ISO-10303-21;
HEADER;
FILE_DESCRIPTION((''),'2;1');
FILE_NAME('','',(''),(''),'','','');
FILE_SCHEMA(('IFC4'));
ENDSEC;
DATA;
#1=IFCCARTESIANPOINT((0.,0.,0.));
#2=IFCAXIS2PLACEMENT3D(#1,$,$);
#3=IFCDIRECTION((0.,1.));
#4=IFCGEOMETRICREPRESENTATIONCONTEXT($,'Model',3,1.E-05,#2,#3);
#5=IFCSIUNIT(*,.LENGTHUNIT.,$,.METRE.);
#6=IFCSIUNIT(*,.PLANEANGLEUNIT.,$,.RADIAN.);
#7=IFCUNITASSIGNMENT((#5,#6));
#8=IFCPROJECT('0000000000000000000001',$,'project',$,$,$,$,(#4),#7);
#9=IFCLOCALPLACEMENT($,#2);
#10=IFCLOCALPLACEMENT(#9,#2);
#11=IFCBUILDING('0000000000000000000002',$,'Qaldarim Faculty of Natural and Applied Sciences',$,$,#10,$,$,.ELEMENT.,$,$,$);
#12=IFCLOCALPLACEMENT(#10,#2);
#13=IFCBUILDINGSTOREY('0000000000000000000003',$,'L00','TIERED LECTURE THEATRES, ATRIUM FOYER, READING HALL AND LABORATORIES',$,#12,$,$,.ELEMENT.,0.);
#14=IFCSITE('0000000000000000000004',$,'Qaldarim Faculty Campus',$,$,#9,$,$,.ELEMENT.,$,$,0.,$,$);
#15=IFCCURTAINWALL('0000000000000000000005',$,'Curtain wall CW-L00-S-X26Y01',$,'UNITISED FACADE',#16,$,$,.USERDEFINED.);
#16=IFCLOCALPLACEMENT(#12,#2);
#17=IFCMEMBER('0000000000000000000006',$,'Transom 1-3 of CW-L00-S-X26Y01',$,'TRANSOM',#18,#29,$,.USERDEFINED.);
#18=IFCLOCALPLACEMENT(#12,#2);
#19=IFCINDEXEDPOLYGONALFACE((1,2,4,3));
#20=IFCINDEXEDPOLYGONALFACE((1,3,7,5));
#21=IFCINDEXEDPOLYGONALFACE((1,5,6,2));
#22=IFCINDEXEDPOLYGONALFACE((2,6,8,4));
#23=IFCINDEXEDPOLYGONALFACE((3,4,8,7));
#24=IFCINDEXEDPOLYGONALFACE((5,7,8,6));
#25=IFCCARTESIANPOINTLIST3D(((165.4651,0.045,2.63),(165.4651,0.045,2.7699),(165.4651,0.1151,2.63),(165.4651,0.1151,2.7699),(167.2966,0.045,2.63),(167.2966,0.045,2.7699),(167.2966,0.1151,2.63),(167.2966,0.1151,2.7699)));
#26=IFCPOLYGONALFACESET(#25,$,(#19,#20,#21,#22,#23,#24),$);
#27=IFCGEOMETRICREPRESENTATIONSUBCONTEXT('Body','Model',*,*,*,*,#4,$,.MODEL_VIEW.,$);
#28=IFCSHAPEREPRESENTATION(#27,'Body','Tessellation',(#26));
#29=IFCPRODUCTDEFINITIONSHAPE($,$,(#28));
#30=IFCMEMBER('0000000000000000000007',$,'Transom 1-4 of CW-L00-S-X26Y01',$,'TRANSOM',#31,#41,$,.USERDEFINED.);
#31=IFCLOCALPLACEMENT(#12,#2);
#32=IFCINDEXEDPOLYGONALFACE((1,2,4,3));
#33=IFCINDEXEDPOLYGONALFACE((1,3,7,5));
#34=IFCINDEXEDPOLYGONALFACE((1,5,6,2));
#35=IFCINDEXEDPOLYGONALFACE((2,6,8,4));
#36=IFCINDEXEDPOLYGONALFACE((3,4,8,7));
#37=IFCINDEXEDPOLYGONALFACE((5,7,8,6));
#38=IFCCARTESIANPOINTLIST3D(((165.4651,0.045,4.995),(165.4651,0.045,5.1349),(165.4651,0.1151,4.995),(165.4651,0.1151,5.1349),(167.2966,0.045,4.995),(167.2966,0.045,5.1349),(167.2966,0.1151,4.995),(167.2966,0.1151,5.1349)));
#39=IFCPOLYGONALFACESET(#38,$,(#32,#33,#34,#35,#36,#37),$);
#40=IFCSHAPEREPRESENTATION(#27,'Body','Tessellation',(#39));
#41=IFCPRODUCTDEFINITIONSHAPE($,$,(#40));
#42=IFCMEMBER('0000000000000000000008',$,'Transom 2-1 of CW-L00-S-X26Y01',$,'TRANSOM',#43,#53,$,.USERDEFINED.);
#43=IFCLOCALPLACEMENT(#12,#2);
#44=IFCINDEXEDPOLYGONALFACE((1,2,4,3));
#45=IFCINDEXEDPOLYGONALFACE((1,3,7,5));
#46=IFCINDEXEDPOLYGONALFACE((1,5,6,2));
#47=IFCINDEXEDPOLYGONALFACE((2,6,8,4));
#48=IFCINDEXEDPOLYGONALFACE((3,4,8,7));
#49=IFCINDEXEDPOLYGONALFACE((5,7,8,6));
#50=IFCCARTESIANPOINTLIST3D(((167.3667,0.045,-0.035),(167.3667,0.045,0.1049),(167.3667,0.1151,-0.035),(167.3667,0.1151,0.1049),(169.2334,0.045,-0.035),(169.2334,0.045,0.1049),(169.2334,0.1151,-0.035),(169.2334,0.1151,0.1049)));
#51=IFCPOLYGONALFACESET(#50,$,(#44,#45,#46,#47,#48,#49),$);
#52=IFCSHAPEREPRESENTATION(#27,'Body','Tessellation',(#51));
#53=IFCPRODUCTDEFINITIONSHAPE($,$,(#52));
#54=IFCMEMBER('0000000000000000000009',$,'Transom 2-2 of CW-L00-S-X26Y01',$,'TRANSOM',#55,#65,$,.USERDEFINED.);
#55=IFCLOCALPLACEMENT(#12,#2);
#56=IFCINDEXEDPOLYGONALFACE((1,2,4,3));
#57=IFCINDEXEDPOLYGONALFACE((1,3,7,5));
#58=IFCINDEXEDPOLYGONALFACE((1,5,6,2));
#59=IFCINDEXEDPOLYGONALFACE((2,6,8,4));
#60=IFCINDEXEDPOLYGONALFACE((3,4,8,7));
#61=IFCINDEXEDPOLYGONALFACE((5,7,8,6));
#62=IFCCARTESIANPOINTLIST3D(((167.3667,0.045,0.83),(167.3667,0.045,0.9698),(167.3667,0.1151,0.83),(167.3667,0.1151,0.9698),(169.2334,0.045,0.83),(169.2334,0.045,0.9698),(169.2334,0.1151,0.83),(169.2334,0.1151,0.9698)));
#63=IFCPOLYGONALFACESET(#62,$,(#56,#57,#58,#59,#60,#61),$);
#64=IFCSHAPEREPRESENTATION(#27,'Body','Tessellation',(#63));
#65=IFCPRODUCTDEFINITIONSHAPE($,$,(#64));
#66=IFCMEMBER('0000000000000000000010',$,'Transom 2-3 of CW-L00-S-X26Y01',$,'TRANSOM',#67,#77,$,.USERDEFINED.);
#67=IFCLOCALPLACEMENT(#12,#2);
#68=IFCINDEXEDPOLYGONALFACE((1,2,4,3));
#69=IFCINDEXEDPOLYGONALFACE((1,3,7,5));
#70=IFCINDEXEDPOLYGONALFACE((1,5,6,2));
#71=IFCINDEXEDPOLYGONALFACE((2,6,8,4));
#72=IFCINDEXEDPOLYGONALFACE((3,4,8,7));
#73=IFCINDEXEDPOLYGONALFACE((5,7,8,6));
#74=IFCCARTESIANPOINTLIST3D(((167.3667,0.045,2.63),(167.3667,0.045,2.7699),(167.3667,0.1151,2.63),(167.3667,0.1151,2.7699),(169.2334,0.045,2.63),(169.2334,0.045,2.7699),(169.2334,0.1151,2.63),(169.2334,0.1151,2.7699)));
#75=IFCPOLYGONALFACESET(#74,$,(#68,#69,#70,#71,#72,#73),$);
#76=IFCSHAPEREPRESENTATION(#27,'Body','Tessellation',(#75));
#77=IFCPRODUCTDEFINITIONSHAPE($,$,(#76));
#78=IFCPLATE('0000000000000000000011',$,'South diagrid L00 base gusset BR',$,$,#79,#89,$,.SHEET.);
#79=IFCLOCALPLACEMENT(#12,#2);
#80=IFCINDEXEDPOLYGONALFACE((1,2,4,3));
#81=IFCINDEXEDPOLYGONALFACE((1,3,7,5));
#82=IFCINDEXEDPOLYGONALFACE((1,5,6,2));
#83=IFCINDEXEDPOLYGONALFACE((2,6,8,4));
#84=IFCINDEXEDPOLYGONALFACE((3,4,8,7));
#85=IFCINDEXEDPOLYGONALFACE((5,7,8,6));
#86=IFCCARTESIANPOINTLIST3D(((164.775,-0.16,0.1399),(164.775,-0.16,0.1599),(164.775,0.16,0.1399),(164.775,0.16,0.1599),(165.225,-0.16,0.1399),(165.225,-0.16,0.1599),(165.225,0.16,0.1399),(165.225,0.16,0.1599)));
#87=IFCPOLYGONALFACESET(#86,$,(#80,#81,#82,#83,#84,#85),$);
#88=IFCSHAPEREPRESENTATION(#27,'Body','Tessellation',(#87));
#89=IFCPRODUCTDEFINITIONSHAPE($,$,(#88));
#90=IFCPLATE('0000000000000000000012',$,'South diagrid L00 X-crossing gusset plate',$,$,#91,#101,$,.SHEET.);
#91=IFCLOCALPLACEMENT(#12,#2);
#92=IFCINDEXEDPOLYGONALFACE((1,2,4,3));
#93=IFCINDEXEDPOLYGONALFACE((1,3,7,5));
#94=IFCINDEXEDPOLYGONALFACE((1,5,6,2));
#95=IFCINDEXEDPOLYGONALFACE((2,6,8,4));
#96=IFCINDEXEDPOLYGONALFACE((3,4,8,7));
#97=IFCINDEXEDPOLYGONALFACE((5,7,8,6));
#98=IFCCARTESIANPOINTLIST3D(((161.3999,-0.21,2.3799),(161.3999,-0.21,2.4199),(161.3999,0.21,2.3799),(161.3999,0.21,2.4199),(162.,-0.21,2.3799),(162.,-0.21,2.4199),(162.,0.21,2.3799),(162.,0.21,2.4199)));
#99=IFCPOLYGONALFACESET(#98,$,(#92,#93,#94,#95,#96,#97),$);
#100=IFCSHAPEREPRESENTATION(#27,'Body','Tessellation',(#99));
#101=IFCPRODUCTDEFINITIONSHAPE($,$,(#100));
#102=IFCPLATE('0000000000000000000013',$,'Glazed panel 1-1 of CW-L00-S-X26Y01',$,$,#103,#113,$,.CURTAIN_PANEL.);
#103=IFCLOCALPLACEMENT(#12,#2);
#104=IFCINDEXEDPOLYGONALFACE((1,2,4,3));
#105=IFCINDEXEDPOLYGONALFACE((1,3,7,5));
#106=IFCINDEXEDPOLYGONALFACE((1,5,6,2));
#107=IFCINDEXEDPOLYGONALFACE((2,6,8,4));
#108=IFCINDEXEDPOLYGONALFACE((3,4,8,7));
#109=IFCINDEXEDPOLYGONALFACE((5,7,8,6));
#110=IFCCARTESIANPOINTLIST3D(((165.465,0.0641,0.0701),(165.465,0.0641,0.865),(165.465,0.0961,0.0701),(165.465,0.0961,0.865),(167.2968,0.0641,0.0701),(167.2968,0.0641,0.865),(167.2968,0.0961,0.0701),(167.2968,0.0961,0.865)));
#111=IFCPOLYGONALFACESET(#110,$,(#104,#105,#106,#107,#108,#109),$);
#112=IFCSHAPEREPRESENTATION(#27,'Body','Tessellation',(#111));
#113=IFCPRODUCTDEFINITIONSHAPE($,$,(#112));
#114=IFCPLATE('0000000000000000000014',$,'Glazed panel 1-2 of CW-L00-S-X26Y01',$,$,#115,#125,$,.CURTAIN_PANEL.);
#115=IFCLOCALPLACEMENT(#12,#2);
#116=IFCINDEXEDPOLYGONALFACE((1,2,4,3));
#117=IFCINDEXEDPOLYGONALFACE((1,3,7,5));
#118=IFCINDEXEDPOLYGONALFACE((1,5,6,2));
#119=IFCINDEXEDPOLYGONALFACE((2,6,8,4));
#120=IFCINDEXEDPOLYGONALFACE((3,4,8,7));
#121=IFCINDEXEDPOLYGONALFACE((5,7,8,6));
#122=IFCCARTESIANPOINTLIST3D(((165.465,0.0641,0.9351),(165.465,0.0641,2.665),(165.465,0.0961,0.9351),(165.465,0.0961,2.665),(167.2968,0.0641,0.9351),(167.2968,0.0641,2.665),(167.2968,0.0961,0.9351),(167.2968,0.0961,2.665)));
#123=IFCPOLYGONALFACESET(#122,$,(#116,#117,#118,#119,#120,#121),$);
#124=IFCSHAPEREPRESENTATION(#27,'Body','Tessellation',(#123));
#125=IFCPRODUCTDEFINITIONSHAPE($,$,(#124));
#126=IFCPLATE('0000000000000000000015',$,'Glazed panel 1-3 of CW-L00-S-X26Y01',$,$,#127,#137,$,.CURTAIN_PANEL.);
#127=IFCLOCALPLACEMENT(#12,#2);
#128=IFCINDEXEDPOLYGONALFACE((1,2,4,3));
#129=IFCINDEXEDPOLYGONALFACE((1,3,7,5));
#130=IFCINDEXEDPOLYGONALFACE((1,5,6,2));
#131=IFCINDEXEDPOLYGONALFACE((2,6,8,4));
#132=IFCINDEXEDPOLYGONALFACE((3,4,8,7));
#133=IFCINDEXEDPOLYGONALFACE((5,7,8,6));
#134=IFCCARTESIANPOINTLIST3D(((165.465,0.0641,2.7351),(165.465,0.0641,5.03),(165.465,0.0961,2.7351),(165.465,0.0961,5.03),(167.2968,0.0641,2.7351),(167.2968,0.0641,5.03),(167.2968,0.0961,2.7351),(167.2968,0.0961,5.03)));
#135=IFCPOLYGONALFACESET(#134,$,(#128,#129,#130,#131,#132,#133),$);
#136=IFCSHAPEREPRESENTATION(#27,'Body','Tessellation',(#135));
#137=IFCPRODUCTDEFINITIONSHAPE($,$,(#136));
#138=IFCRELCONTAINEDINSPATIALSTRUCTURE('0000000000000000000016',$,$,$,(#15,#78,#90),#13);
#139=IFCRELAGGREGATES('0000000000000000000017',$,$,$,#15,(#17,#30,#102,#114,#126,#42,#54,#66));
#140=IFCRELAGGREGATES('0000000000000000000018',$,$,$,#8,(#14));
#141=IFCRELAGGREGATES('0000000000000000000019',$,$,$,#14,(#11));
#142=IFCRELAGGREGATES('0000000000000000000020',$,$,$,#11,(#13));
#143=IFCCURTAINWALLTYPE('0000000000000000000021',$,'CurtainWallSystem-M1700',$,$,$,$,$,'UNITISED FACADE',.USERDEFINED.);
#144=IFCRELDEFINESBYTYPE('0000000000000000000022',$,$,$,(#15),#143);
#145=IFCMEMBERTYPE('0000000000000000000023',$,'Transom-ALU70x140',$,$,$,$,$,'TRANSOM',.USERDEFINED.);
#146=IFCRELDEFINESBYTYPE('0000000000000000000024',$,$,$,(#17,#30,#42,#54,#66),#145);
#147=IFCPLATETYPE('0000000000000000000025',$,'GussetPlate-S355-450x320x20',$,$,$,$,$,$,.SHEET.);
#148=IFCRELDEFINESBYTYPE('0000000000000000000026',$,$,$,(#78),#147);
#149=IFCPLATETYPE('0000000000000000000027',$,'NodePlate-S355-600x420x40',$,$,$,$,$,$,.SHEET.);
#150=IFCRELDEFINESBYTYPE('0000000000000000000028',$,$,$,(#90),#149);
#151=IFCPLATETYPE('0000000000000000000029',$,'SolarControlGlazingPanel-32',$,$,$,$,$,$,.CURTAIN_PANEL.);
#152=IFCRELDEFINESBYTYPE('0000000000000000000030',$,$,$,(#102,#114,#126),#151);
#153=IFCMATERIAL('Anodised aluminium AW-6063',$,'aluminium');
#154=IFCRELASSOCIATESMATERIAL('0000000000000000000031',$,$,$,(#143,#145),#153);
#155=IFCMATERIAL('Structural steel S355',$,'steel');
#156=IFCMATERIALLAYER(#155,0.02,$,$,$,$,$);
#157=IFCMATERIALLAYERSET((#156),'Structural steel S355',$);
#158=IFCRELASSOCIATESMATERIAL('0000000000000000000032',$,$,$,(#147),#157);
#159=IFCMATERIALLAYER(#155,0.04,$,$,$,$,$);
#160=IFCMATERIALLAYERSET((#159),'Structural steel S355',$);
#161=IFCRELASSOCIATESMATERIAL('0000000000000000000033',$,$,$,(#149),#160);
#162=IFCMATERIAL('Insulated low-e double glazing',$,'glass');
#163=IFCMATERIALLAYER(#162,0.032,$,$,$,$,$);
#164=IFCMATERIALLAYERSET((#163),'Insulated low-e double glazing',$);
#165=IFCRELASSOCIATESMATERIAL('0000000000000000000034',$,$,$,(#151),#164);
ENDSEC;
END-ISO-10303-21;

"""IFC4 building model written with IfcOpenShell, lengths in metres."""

from ifc_helpers import new_model, si_unit, direction, frame, origin, origin_2d, place, context, subcontext, project, spatial, rectangle, extrude, material, layer, layer_set, material_profile, profile_set, type_object, element, aggregate, save


model = new_model("IFC4")

# Units and contexts
model_context = context("Model", 3, precision=1e-05, world=origin(), true_north=direction((0.0, 1.0)))
body_context = subcontext(model_context, "Body", "Model", "MODEL_VIEW")
ifc_project = project(units=[si_unit("LENGTHUNIT", "METRE"), si_unit("PLANEANGLEUNIT", "RADIAN")], contexts=[model_context])

# Site, building, storey
site_placement = place(None, origin())
site = spatial("IfcSite", under=ifc_project, at=site_placement, Name="Qaldarim Faculty Campus", CompositionType="ELEMENT", RefElevation=0.0)
building_placement = place(site_placement, origin())
building = spatial("IfcBuilding", under=site, at=building_placement, Name="Qaldarim Faculty of Natural and Applied Sciences", CompositionType="ELEMENT")
storey_placement = place(building_placement, origin())
storey = spatial("IfcBuildingStorey", under=building, at=storey_placement, Name="L00", Description="TIERED LECTURE THEATRES, ATRIUM FOYER, READING HALL AND LABORATORIES", CompositionType="ELEMENT", Elevation=0.0)

# Shared definitions
ifc_material_1 = material(Name="Structural steel S355", Category="steel")

# Curtain wall
ifc_material_2 = material(Name="Anodised aluminium AW-6063", Category="aluminium")
curtain_wall_type = type_object("IfcCurtainWallType", Name="CurtainWallSystem-M1700", ElementType="UNITISED FACADE", PredefinedType="USERDEFINED", material=ifc_material_2)
curtain_wall_placement = place(storey_placement, origin())
curtain_wall = element("IfcCurtainWall", 1, at=curtain_wall_placement, inside=storey, type_object=curtain_wall_type, Name="Curtain wall CW-L00-S-X26Y01", ObjectType="UNITISED FACADE", PredefinedType="USERDEFINED")

# Members
ifc_material_profile_1 = material_profile(ifc_material_2, rectangle(XDim=0.0701, YDim=0.1399, at=origin_2d()), Name="ALU-T70x140")
ifc_profile_set_1 = profile_set([ifc_material_profile_1], Name="Anodised aluminium AW-6063")
member_type_1 = type_object("IfcMemberType", Name="Transom-ALU70x140", ElementType="TRANSOM", PredefinedType="USERDEFINED", material=ifc_profile_set_1)
member_1_placement = place(storey_placement, frame((165.4651, 0.0801, 2.7), z_axis=(1.0, 0.0, 0.0), x_axis=(0.0, 1.0, 0.0)))
member_1 = element("IfcMember", 2, at=member_1_placement, type_object=member_type_1, Name="Transom 1-3 of CW-L00-S-X26Y01", ObjectType="TRANSOM", PredefinedType="USERDEFINED", context=body_context, shape_type="SweptSolid", body=[
    extrude(rectangle(XDim=0.0701, YDim=0.1399, at=origin_2d()), origin(), (0.0, 0.0, 1.0), 1.8315),
])
member_2_placement = place(storey_placement, frame((165.4651, 0.0801, 5.0649), z_axis=(1.0, 0.0, 0.0), x_axis=(0.0, 1.0, 0.0)))
member_2 = element("IfcMember", 3, at=member_2_placement, type_object=member_type_1, Name="Transom 1-4 of CW-L00-S-X26Y01", ObjectType="TRANSOM", PredefinedType="USERDEFINED", context=body_context, shape_type="SweptSolid", body=[
    extrude(rectangle(XDim=0.0701, YDim=0.1399, at=origin_2d()), origin(), (0.0, 0.0, 1.0), 1.8315),
])
member_3_placement = place(storey_placement, frame((167.3667, 0.0801, 0.0349), z_axis=(1.0, 0.0, 0.0), x_axis=(0.0, 1.0, 0.0)))
member_3 = element("IfcMember", 4, at=member_3_placement, type_object=member_type_1, Name="Transom 2-1 of CW-L00-S-X26Y01", ObjectType="TRANSOM", PredefinedType="USERDEFINED", context=body_context, shape_type="SweptSolid", body=[
    extrude(rectangle(XDim=0.0701, YDim=0.1399, at=origin_2d()), origin(), (0.0, 0.0, 1.0), 1.8667),
])
member_4_placement = place(storey_placement, frame((167.3667, 0.0801, 0.8999), z_axis=(1.0, 0.0, 0.0), x_axis=(0.0, 1.0, 0.0)))
member_4 = element("IfcMember", 5, at=member_4_placement, type_object=member_type_1, Name="Transom 2-2 of CW-L00-S-X26Y01", ObjectType="TRANSOM", PredefinedType="USERDEFINED", context=body_context, shape_type="SweptSolid", body=[
    extrude(rectangle(XDim=0.0701, YDim=0.1399, at=origin_2d()), origin(), (0.0, 0.0, 1.0), 1.8667),
])
member_5_placement = place(storey_placement, frame((167.3667, 0.0801, 2.7), z_axis=(1.0, 0.0, 0.0), x_axis=(0.0, 1.0, 0.0)))
member_5 = element("IfcMember", 6, at=member_5_placement, type_object=member_type_1, Name="Transom 2-3 of CW-L00-S-X26Y01", ObjectType="TRANSOM", PredefinedType="USERDEFINED", context=body_context, shape_type="SweptSolid", body=[
    extrude(rectangle(XDim=0.0701, YDim=0.1399, at=origin_2d()), origin(), (0.0, 0.0, 1.0), 1.8667),
])

# Plates
ifc_layer_1 = layer(ifc_material_1, 0.02)
ifc_layer_set_1 = layer_set([ifc_layer_1], Name="Structural steel S355")
plate_type_1 = type_object("IfcPlateType", Name="GussetPlate-S355-450x320x20", PredefinedType="SHEET", material=ifc_layer_set_1)
plate_1_placement = place(storey_placement, frame((165.0, 0.0, 0.1399), z_axis=(0.0, 0.0, 1.0), x_axis=(1.0, 0.0, 0.0)))
element("IfcPlate", 7, at=plate_1_placement, inside=storey, type_object=plate_type_1, Name="South diagrid L00 base gusset BR", PredefinedType="SHEET", context=body_context, shape_type="SweptSolid", body=[
    extrude(rectangle(XDim=0.45, YDim=0.3201, at=origin_2d()), origin(), (0.0, 0.0, 1.0), 0.02),
])
ifc_layer_2 = layer(ifc_material_1, 0.04)
ifc_layer_set_2 = layer_set([ifc_layer_2], Name="Structural steel S355")
plate_type_2 = type_object("IfcPlateType", Name="NodePlate-S355-600x420x40", PredefinedType="SHEET", material=ifc_layer_set_2)
plate_2_placement = place(storey_placement, frame((161.7, 0.0, 2.3799), z_axis=(0.0, 0.0, 1.0), x_axis=(1.0, 0.0, 0.0)))
element("IfcPlate", 8, at=plate_2_placement, inside=storey, type_object=plate_type_2, Name="South diagrid L00 X-crossing gusset plate", PredefinedType="SHEET", context=body_context, shape_type="SweptSolid", body=[
    extrude(rectangle(XDim=0.6001, YDim=0.4199, at=origin_2d()), origin(), (0.0, 0.0, 1.0), 0.04),
])

# Plates
ifc_material_3 = material(Name="Insulated low-e double glazing", Category="glass")
ifc_layer_3 = layer(ifc_material_3, 0.032)
ifc_layer_set_3 = layer_set([ifc_layer_3], Name="Insulated low-e double glazing")
plate_type_3 = type_object("IfcPlateType", Name="SolarControlGlazingPanel-32", PredefinedType="CURTAIN_PANEL", material=ifc_layer_set_3)
plate_3_placement = place(storey_placement, frame((166.3809, 0.0801, 0.0701), z_axis=(0.0, 0.0, 1.0), x_axis=(1.0, 0.0, 0.0)))
plate_3 = element("IfcPlate", 9, at=plate_3_placement, type_object=plate_type_3, Name="Glazed panel 1-1 of CW-L00-S-X26Y01", PredefinedType="CURTAIN_PANEL", context=body_context, shape_type="SweptSolid", body=[
    extrude(rectangle(XDim=1.8318, YDim=0.032, at=origin_2d()), origin(), (0.0, 0.0, 1.0), 0.7949),
])
plate_4_placement = place(storey_placement, frame((166.3809, 0.0801, 0.9351), z_axis=(0.0, 0.0, 1.0), x_axis=(1.0, 0.0, 0.0)))
plate_4 = element("IfcPlate", 10, at=plate_4_placement, type_object=plate_type_3, Name="Glazed panel 1-2 of CW-L00-S-X26Y01", PredefinedType="CURTAIN_PANEL", context=body_context, shape_type="SweptSolid", body=[
    extrude(rectangle(XDim=1.8318, YDim=0.032, at=origin_2d()), origin(), (0.0, 0.0, 1.0), 1.73),
])
plate_5_placement = place(storey_placement, frame((166.3809, 0.0801, 2.7351), z_axis=(0.0, 0.0, 1.0), x_axis=(1.0, 0.0, 0.0)))
plate_5 = element("IfcPlate", 11, at=plate_5_placement, type_object=plate_type_3, Name="Glazed panel 1-3 of CW-L00-S-X26Y01", PredefinedType="CURTAIN_PANEL", context=body_context, shape_type="SweptSolid", body=[
    extrude(rectangle(XDim=1.8318, YDim=0.032, at=origin_2d()), origin(), (0.0, 0.0, 1.0), 2.2949),
])
aggregate(curtain_wall, [member_1, member_2, plate_3, plate_4, plate_5, member_3, member_4, member_5])

save(model, "model.ifc")
